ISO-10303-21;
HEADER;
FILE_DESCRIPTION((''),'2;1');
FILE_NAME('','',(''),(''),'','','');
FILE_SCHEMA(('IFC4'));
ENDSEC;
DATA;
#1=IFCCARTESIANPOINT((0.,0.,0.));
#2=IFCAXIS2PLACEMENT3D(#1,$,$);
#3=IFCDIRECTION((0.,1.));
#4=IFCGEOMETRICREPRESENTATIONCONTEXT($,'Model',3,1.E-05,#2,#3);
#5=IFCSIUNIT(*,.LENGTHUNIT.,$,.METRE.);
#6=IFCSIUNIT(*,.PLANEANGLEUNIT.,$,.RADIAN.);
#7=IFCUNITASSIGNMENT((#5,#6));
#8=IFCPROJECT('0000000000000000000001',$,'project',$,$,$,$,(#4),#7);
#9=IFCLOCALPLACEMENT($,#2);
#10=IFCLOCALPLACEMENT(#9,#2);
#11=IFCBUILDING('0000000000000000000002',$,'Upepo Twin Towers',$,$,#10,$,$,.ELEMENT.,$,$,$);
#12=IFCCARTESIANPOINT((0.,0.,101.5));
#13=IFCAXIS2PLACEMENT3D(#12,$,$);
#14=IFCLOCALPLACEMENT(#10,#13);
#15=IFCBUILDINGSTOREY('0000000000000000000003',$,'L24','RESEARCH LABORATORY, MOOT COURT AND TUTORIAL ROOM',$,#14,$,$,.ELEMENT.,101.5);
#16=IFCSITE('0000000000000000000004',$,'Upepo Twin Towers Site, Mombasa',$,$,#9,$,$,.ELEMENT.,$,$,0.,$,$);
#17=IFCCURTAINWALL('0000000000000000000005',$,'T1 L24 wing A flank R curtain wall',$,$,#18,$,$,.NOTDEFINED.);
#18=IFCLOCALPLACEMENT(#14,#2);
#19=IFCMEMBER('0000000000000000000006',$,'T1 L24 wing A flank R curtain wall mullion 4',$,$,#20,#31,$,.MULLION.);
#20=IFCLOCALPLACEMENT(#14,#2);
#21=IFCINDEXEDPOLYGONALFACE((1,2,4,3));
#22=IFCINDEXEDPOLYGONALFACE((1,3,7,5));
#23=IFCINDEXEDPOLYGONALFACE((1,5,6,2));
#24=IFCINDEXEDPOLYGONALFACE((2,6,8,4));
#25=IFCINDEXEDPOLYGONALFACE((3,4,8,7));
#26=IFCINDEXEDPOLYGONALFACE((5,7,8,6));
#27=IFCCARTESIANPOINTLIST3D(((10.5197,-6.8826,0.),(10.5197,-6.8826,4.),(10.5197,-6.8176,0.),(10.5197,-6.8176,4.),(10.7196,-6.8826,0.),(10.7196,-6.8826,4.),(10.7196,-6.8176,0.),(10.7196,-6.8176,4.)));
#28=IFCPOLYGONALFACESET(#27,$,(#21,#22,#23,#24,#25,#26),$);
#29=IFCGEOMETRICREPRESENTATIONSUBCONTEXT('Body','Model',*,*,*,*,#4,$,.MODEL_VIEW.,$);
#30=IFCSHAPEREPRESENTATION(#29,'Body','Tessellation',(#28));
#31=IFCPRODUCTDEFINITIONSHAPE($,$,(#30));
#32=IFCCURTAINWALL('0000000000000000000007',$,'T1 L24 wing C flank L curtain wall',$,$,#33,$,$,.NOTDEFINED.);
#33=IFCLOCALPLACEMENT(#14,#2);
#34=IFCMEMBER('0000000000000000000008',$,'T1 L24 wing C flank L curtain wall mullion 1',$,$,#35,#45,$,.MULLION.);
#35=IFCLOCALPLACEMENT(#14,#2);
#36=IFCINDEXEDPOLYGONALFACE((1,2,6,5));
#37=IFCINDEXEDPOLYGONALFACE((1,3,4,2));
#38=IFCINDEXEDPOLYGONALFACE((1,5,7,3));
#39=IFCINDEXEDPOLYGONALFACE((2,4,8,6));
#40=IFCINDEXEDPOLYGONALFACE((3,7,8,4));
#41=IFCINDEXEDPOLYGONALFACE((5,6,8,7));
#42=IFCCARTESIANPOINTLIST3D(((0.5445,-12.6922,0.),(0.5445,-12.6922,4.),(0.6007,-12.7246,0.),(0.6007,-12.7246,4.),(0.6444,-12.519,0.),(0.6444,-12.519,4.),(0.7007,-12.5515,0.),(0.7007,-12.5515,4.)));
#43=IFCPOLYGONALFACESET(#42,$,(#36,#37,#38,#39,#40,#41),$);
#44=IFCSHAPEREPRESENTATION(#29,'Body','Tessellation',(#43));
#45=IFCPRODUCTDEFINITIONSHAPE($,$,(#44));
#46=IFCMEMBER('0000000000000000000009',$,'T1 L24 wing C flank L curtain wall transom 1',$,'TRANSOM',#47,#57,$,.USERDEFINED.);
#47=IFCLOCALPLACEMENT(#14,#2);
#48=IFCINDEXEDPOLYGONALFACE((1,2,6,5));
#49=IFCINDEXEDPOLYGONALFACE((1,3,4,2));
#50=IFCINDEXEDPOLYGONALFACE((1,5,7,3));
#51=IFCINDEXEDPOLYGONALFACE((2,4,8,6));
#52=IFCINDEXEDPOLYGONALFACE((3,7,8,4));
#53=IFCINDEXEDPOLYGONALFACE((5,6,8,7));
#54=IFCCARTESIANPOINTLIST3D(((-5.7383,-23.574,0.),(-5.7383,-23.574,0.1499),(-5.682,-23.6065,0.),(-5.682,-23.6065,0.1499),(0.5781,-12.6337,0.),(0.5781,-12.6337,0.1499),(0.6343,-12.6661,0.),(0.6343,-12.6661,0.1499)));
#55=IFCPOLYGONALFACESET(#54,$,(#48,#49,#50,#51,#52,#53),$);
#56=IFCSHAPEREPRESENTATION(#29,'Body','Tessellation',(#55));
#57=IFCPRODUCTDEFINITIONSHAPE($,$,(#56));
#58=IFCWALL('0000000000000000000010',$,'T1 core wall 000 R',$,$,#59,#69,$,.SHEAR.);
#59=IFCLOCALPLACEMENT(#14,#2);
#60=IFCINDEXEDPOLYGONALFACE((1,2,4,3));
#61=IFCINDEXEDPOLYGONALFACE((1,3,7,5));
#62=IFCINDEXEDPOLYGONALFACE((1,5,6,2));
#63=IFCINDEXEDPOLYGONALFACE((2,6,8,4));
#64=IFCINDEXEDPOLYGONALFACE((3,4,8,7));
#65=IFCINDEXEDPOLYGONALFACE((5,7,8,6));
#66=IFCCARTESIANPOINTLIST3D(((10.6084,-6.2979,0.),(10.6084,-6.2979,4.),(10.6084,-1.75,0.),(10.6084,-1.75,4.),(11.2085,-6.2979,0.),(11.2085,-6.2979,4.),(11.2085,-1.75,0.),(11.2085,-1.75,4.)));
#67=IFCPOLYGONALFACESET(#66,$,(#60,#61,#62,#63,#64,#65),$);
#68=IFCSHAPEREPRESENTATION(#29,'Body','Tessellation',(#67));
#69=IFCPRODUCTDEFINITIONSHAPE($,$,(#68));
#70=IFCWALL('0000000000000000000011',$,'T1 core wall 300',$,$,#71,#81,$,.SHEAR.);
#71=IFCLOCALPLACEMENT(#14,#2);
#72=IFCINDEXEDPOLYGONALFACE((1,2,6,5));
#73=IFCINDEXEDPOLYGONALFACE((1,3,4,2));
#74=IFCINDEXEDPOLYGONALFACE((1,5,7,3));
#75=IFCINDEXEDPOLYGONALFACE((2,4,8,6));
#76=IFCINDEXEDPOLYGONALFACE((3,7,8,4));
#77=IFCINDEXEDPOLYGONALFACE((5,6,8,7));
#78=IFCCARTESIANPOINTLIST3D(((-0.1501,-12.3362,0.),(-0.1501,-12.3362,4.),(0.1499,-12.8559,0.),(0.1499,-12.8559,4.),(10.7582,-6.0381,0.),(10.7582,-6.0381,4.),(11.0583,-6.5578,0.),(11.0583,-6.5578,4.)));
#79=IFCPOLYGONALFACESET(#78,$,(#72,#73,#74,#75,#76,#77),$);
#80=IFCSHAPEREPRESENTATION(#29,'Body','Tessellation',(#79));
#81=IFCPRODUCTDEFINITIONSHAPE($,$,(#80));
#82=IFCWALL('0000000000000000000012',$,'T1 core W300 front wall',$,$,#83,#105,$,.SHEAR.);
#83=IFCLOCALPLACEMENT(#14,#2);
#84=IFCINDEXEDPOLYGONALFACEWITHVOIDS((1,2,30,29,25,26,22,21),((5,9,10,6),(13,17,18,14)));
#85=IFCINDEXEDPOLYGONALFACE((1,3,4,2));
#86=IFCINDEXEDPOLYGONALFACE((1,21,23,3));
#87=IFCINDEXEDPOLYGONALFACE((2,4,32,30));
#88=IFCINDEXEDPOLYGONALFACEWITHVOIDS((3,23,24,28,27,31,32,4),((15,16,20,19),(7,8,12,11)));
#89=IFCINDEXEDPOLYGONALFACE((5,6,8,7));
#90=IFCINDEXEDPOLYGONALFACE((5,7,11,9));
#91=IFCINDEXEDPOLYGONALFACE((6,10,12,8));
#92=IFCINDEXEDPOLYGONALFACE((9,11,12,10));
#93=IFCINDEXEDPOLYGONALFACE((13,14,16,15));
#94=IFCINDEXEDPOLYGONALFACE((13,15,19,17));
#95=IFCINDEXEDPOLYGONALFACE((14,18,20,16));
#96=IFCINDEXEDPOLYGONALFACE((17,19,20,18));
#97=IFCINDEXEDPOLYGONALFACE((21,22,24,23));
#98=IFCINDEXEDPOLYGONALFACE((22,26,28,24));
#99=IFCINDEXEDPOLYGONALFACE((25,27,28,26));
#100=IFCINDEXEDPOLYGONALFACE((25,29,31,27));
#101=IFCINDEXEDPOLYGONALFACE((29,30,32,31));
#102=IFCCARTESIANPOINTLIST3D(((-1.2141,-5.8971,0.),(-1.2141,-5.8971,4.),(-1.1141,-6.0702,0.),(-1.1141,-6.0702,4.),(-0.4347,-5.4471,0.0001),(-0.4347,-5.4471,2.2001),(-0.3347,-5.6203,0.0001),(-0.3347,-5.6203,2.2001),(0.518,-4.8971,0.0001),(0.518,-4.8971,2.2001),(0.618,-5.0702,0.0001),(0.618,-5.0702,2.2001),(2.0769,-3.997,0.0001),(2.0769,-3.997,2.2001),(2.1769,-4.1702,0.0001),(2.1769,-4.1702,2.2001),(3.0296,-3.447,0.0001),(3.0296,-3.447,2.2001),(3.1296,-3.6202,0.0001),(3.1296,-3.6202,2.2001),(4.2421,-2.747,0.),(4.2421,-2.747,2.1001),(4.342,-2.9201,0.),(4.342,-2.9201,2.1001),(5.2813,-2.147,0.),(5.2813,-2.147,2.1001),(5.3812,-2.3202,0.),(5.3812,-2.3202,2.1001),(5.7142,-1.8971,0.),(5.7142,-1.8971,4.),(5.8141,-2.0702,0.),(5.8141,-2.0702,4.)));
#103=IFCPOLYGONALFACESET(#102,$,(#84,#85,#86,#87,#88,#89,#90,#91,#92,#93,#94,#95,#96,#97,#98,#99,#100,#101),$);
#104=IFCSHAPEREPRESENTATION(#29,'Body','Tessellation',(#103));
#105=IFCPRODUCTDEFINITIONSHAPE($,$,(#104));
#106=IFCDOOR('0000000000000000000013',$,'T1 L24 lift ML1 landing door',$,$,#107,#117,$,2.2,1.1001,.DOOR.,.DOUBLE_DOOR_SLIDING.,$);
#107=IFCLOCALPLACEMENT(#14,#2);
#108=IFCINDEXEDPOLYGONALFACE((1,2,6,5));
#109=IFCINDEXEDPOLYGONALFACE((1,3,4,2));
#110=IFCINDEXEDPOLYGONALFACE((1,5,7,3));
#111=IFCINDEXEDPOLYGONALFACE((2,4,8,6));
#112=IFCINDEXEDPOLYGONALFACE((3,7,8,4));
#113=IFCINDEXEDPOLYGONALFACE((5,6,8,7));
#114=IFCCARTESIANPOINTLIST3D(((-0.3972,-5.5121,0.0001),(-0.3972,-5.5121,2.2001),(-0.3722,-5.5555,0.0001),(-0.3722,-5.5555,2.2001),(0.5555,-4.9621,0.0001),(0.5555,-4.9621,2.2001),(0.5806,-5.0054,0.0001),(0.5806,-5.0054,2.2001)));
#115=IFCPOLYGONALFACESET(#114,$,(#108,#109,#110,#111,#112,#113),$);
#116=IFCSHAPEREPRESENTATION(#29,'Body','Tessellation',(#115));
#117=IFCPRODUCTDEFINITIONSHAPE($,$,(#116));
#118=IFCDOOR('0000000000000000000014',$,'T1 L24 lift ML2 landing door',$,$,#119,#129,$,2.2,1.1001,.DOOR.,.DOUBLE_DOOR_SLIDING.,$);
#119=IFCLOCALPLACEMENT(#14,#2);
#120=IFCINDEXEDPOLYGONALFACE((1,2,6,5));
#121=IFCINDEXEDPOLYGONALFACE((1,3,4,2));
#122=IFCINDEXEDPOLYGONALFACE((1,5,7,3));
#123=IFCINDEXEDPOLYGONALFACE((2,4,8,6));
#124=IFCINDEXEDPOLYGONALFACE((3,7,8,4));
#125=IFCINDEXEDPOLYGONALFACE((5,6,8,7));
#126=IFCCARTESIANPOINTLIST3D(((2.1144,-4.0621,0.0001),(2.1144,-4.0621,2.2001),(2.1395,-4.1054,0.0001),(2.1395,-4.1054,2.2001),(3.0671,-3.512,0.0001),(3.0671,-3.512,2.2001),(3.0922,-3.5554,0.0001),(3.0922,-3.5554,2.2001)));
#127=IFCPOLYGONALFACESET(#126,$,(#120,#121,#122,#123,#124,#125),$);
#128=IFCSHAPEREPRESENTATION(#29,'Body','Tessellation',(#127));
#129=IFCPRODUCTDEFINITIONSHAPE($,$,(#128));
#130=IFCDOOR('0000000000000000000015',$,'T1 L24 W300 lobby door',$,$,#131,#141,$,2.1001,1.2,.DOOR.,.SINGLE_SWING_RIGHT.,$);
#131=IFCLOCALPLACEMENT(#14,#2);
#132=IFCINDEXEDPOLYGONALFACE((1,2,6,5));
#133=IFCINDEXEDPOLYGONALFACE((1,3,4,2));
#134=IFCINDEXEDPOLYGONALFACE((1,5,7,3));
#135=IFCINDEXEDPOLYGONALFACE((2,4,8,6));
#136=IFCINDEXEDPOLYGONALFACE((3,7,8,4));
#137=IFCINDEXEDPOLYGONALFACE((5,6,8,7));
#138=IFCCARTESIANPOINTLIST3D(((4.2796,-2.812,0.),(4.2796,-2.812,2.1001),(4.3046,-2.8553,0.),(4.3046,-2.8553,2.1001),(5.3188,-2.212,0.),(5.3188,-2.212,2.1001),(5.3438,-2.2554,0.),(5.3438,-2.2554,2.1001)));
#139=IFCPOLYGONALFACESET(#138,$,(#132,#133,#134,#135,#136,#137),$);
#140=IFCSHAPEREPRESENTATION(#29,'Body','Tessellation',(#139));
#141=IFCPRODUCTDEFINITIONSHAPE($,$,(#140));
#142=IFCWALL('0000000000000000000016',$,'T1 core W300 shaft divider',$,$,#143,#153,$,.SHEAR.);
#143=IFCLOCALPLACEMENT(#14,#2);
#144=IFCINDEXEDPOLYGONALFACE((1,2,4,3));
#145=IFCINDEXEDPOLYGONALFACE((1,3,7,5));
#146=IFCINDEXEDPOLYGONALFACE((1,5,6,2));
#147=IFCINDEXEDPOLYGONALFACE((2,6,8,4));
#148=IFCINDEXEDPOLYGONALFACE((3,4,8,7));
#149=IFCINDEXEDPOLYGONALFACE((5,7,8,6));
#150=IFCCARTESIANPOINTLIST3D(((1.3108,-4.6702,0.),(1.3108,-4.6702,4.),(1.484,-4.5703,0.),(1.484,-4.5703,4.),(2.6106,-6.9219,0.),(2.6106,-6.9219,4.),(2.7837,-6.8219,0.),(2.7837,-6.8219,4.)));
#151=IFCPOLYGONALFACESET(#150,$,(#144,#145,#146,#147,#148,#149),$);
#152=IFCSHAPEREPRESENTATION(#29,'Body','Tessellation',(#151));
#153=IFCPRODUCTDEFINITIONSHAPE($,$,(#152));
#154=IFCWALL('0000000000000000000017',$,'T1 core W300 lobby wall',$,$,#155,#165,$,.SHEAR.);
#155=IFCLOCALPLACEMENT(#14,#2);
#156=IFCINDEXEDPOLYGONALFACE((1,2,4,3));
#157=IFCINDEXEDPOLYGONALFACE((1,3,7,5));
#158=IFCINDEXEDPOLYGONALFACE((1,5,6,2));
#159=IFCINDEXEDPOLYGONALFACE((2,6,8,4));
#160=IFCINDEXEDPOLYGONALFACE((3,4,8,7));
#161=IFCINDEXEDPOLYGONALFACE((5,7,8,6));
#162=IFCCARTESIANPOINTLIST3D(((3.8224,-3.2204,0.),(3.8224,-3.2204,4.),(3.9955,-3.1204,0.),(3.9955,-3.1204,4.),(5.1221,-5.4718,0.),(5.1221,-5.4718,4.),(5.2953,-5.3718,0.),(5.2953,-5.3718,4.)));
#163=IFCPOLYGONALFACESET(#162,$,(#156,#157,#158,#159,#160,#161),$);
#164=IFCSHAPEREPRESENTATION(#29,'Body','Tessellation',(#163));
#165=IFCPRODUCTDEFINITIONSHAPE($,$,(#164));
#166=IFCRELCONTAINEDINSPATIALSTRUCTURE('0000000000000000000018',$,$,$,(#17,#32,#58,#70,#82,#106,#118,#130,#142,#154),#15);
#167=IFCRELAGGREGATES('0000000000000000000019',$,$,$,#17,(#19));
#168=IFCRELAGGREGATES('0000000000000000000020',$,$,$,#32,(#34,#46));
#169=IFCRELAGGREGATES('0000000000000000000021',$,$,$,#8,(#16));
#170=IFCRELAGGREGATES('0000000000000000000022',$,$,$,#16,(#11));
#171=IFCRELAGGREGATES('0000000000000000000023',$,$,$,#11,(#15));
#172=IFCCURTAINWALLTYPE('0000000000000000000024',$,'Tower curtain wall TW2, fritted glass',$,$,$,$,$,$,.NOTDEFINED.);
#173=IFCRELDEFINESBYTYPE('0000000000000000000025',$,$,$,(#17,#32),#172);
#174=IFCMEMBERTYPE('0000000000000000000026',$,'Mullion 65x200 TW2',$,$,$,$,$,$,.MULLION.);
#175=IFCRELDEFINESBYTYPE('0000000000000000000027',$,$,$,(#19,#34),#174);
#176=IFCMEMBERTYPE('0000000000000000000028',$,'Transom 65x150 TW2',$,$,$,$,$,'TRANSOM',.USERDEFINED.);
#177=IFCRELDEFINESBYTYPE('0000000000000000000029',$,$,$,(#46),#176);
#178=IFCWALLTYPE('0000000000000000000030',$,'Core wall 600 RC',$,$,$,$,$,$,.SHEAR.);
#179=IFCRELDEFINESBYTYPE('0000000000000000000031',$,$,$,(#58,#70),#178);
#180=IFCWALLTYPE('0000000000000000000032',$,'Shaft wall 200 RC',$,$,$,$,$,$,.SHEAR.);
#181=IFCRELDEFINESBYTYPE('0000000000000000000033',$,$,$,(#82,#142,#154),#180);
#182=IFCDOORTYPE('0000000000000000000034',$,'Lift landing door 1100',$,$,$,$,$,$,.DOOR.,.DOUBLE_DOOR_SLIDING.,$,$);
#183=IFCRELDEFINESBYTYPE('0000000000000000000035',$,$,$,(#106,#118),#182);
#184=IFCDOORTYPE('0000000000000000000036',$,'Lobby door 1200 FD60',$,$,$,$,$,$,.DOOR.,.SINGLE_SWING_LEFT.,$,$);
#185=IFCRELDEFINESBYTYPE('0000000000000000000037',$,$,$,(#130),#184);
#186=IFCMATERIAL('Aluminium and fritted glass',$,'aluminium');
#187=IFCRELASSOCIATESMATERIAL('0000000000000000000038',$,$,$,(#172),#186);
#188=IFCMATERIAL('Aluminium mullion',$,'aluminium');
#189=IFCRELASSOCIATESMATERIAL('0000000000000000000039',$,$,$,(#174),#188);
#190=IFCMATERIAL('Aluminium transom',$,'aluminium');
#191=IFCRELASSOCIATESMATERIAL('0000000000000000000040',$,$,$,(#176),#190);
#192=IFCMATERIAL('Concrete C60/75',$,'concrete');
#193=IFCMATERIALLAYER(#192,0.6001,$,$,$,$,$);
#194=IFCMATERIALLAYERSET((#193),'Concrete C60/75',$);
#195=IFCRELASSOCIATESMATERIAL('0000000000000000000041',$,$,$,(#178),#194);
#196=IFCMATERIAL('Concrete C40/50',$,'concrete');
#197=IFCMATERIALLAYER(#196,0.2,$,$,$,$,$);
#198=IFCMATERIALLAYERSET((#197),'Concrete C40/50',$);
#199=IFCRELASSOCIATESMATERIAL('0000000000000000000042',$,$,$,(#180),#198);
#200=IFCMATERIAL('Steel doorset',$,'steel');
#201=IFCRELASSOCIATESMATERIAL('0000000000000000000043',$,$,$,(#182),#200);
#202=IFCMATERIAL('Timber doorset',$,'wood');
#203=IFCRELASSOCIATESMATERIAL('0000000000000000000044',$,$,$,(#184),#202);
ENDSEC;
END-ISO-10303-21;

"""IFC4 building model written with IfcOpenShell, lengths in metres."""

from ifc_helpers import new_model, si_unit, direction, frame, frame_2d, origin, origin_2d, place, context, subcontext, project, spatial, rectangle, extrude, material, layer, layer_set, material_profile, profile_set, type_object, element, fill, aggregate, save


model = new_model("IFC4")

# Units and contexts
model_context = context("Model", 3, precision=1e-05, world=origin(), true_north=direction((0.0, 1.0)))
body_context = subcontext(model_context, "Body", "Model", "MODEL_VIEW")
ifc_project = project(units=[si_unit("LENGTHUNIT", "METRE"), si_unit("PLANEANGLEUNIT", "RADIAN")], contexts=[model_context])

# Site, building, storey
site_placement = place(None, origin())
site = spatial("IfcSite", under=ifc_project, at=site_placement, Name="Upepo Twin Towers Site, Mombasa", CompositionType="ELEMENT", RefElevation=0.0)
building_placement = place(site_placement, origin())
building = spatial("IfcBuilding", under=site, at=building_placement, Name="Upepo Twin Towers", CompositionType="ELEMENT")
storey_placement = place(building_placement, frame((0.0, 0.0, 101.5)))
storey = spatial("IfcBuildingStorey", under=building, at=storey_placement, Name="L24", Description="RESEARCH LABORATORY, MOOT COURT AND TUTORIAL ROOM", CompositionType="ELEMENT", Elevation=101.5)

# Curtain wall, member
ifc_material_1 = material(Name="Aluminium and fritted glass", Category="aluminium")
curtain_wall_type = type_object("IfcCurtainWallType", Name="Tower curtain wall TW2, fritted glass", PredefinedType="NOTDEFINED", material=ifc_material_1)
curtain_wall_1_placement = place(storey_placement, origin())
curtain_wall_1 = element("IfcCurtainWall", 1, at=curtain_wall_1_placement, inside=storey, type_object=curtain_wall_type, Name="T1 L24 wing A flank R curtain wall", PredefinedType="NOTDEFINED")
ifc_material_2 = material(Name="Aluminium mullion", Category="aluminium")
ifc_material_profile_1 = material_profile(ifc_material_2, rectangle(XDim=0.0649, YDim=0.2, at=origin_2d()), Name="MULLION 65x200")
ifc_profile_set_1 = profile_set([ifc_material_profile_1], Name="Aluminium mullion")
member_type_1 = type_object("IfcMemberType", Name="Mullion 65x200 TW2", PredefinedType="MULLION", material=ifc_profile_set_1)
member_1_placement = place(storey_placement, frame((10.6196, -6.8501, 0.0), z_axis=(0.0, 0.0, 1.0), x_axis=(0.0, -1.0, 0.0)))
member_1 = element("IfcMember", 2, at=member_1_placement, type_object=member_type_1, Name="T1 L24 wing A flank R curtain wall mullion 4", PredefinedType="MULLION", context=body_context, shape_type="SweptSolid", body=[
    extrude(rectangle(XDim=0.0649, YDim=0.2, at=origin_2d()), origin(), (0.0, 0.0, 1.0), 4.0),
])
aggregate(curtain_wall_1, [member_1])

# Curtain wall, members
curtain_wall_2_placement = place(storey_placement, origin())
curtain_wall_2 = element("IfcCurtainWall", 3, at=curtain_wall_2_placement, inside=storey, type_object=curtain_wall_type, Name="T1 L24 wing C flank L curtain wall", PredefinedType="NOTDEFINED")
member_2_placement = place(storey_placement, frame((0.6226, -12.6218, 0.0), z_axis=(0.0, 0.0, 1.0), x_axis=(0.866025, -0.5, 0.0)))
member_2 = element("IfcMember", 4, at=member_2_placement, type_object=member_type_1, Name="T1 L24 wing C flank L curtain wall mullion 1", PredefinedType="MULLION", context=body_context, shape_type="SweptSolid", body=[
    extrude(rectangle(XDim=0.0649, YDim=0.2, at=origin_2d()), origin(), (0.0, 0.0, 1.0), 4.0),
])
ifc_material_3 = material(Name="Aluminium transom", Category="aluminium")
ifc_material_profile_2 = material_profile(ifc_material_3, rectangle(XDim=0.0649, YDim=0.1499, at=origin_2d()), Name="TRANSOM 65x150")
ifc_profile_set_2 = profile_set([ifc_material_profile_2], Name="Aluminium transom")
member_type_2 = type_object("IfcMemberType", Name="Transom 65x150 TW2", ElementType="TRANSOM", PredefinedType="USERDEFINED", material=ifc_profile_set_2)
member_3_placement = place(storey_placement, frame((0.6062, -12.6499, 0.075), z_axis=(-0.499997, -0.866027, 0.0), x_axis=(0.866027, -0.499997, 0.0)))
member_3 = element("IfcMember", 5, at=member_3_placement, type_object=member_type_2, Name="T1 L24 wing C flank L curtain wall transom 1", ObjectType="TRANSOM", PredefinedType="USERDEFINED", context=body_context, shape_type="SweptSolid", body=[
    extrude(rectangle(XDim=0.0649, YDim=0.1499, at=origin_2d()), origin(), (0.0, 0.0, 1.0), 12.6328),
])
aggregate(curtain_wall_2, [member_2, member_3])

# Walls
ifc_material_4 = material(Name="Concrete C60/75", Category="concrete")
ifc_layer_1 = layer(ifc_material_4, 0.6001)
ifc_layer_set_1 = layer_set([ifc_layer_1], Name="Concrete C60/75")
wall_type_1 = type_object("IfcWallType", Name="Core wall 600 RC", PredefinedType="SHEAR", material=ifc_layer_set_1)
wall_1_placement = place(storey_placement, frame((10.9084, -6.2979, 0.0), z_axis=(0.0, 0.0, 1.0), x_axis=(0.0, 1.0, 0.0)))
element("IfcWall", 6, at=wall_1_placement, inside=storey, type_object=wall_type_1, Name="T1 core wall 000 R", PredefinedType="SHEAR", context=body_context, shape_type="SweptSolid", body=[
    extrude(rectangle(XDim=4.5479, YDim=0.6001, at=frame_2d((2.2739, 0.0))), origin(), (0.0, 0.0, 1.0), 4.0),
])
wall_2_placement = place(storey_placement, frame((0.0, -12.5959, 0.0), z_axis=(0.0, 0.0, 1.0), x_axis=(0.866022, 0.500006, 0.0)))
element("IfcWall", 7, at=wall_2_placement, inside=storey, type_object=wall_type_1, Name="T1 core wall 300", PredefinedType="SHEAR", context=body_context, shape_type="SweptSolid", body=[
    extrude(rectangle(XDim=12.5959, YDim=0.6001, at=frame_2d((6.2979, 0.0))), origin(), (0.0, 0.0, 1.0), 4.0),
])

# Wall, openings, doors
ifc_material_5 = material(Name="Concrete C40/50", Category="concrete")
ifc_layer_2 = layer(ifc_material_5, 0.2)
ifc_layer_set_2 = layer_set([ifc_layer_2], Name="Concrete C40/50")
wall_type_2 = type_object("IfcWallType", Name="Shaft wall 200 RC", PredefinedType="SHEAR", material=ifc_layer_set_2)
wall_3_placement = place(storey_placement, frame((-1.1641, -5.9836, 0.0), z_axis=(0.0, 0.0, 1.0), x_axis=(0.866026, 0.499999, 0.0)))
wall_3 = element("IfcWall", 8, at=wall_3_placement, inside=storey, type_object=wall_type_2, Name="T1 core W300 front wall", PredefinedType="SHEAR", context=body_context, shape_type="SweptSolid", body=[
    extrude(rectangle(XDim=8.0, YDim=0.2, at=frame_2d((4.0, 0.0))), origin(), (0.0, 0.0, 1.0), 4.0),
])
opening_1_placement = place(wall_3_placement, frame((6.3, 0.0, 0.0)))
opening_1 = element("IfcOpeningElement", 9, at=opening_1_placement, cuts=wall_3, PredefinedType="OPENING", context=body_context, shape_type="SweptSolid", body=[
    extrude(rectangle(XDim=1.2, YDim=2.1001, at=frame_2d((0.6001, 1.05))), frame((0.0, 0.1099, 0.0), z_axis=(0.0, -1.0, 0.0), x_axis=(1.0, 0.0, 0.0)), (0.0, 0.0, 1.0), 0.22),
])
opening_2_placement = place(wall_3_placement, frame((0.8999, 0.0, 0.0)))
opening_2 = element("IfcOpeningElement", 10, at=opening_2_placement, cuts=wall_3, PredefinedType="OPENING", context=body_context, shape_type="SweptSolid", body=[
    extrude(rectangle(XDim=1.1001, YDim=2.2, at=frame_2d((0.55, 1.1001))), frame((0.0, 0.1099, 0.0), z_axis=(0.0, -1.0, 0.0), x_axis=(1.0, 0.0, 0.0)), (0.0, 0.0, 1.0), 0.22),
])
opening_3_placement = place(wall_3_placement, frame((3.8, 0.0, 0.0)))
opening_3 = element("IfcOpeningElement", 11, at=opening_3_placement, cuts=wall_3, PredefinedType="OPENING", context=body_context, shape_type="SweptSolid", body=[
    extrude(rectangle(XDim=1.1001, YDim=2.2, at=frame_2d((0.55, 1.1001))), frame((0.0, 0.1099, 0.0), z_axis=(0.0, -1.0, 0.0), x_axis=(1.0, 0.0, 0.0)), (0.0, 0.0, 1.0), 0.22),
])
ifc_material_6 = material(Name="Steel doorset", Category="steel")
door_type_1 = type_object("IfcDoorType", Name="Lift landing door 1100", OperationType="DOUBLE_DOOR_SLIDING", PredefinedType="DOOR", material=ifc_material_6)
door_1_placement = place(opening_2_placement, origin())
door_1 = element("IfcDoor", 12, at=door_1_placement, inside=storey, type_object=door_type_1, Name="T1 L24 lift ML1 landing door", OperationType="DOUBLE_DOOR_SLIDING", OverallHeight=2.2, OverallWidth=1.1001, PredefinedType="DOOR", context=body_context, shape_type="SweptSolid", body=[
    extrude(rectangle(XDim=1.1001, YDim=2.2, at=frame_2d((0.55, 1.1001))), frame((0.0, 0.0249, 0.0), z_axis=(0.0, -1.0, 0.0), x_axis=(1.0, 0.0, 0.0)), (0.0, 0.0, 1.0), 0.05),
])
fill(opening_2, door_1)
door_2_placement = place(opening_3_placement, origin())
door_2 = element("IfcDoor", 13, at=door_2_placement, inside=storey, type_object=door_type_1, Name="T1 L24 lift ML2 landing door", OperationType="DOUBLE_DOOR_SLIDING", OverallHeight=2.2, OverallWidth=1.1001, PredefinedType="DOOR", context=body_context, shape_type="SweptSolid", body=[
    extrude(rectangle(XDim=1.1001, YDim=2.2, at=frame_2d((0.55, 1.1001))), frame((0.0, 0.0249, 0.0), z_axis=(0.0, -1.0, 0.0), x_axis=(1.0, 0.0, 0.0)), (0.0, 0.0, 1.0), 0.05),
])
fill(opening_3, door_2)
ifc_material_7 = material(Name="Timber doorset", Category="wood")
door_type_2 = type_object("IfcDoorType", Name="Lobby door 1200 FD60", OperationType="SINGLE_SWING_LEFT", PredefinedType="DOOR", material=ifc_material_7)
door_3_placement = place(opening_1_placement, origin())
door_3 = element("IfcDoor", 14, at=door_3_placement, inside=storey, type_object=door_type_2, Name="T1 L24 W300 lobby door", OperationType="SINGLE_SWING_RIGHT", OverallHeight=2.1001, OverallWidth=1.2, PredefinedType="DOOR", context=body_context, shape_type="SweptSolid", body=[
    extrude(rectangle(XDim=1.2, YDim=2.1001, at=frame_2d((0.6001, 1.05))), frame((0.0, 0.0249, 0.0), z_axis=(0.0, -1.0, 0.0), x_axis=(1.0, 0.0, 0.0)), (0.0, 0.0, 1.0), 0.05),
])
fill(opening_1, door_3)

# Walls
wall_4_placement = place(storey_placement, frame((1.3975, -4.6204, 0.0), z_axis=(0.0, 0.0, 1.0), x_axis=(0.499937, -0.866062, 0.0)))
element("IfcWall", 15, at=wall_4_placement, inside=storey, type_object=wall_type_2, Name="T1 core W300 shaft divider", PredefinedType="SHEAR", context=body_context, shape_type="SweptSolid", body=[
    extrude(rectangle(XDim=2.5999, YDim=0.2, at=frame_2d((1.2998, 0.0))), origin(), (0.0, 0.0, 1.0), 4.0),
])
wall_5_placement = place(storey_placement, frame((3.9089, -3.1704, 0.0), z_axis=(0.0, 0.0, 1.0), x_axis=(0.499977, -0.866039, 0.0)))
element("IfcWall", 16, at=wall_5_placement, inside=storey, type_object=wall_type_2, Name="T1 core W300 lobby wall", PredefinedType="SHEAR", context=body_context, shape_type="SweptSolid", body=[
    extrude(rectangle(XDim=2.5996, YDim=0.2, at=frame_2d((1.2998, 0.0))), origin(), (0.0, 0.0, 1.0), 4.0),
])

save(model, "model.ifc")
